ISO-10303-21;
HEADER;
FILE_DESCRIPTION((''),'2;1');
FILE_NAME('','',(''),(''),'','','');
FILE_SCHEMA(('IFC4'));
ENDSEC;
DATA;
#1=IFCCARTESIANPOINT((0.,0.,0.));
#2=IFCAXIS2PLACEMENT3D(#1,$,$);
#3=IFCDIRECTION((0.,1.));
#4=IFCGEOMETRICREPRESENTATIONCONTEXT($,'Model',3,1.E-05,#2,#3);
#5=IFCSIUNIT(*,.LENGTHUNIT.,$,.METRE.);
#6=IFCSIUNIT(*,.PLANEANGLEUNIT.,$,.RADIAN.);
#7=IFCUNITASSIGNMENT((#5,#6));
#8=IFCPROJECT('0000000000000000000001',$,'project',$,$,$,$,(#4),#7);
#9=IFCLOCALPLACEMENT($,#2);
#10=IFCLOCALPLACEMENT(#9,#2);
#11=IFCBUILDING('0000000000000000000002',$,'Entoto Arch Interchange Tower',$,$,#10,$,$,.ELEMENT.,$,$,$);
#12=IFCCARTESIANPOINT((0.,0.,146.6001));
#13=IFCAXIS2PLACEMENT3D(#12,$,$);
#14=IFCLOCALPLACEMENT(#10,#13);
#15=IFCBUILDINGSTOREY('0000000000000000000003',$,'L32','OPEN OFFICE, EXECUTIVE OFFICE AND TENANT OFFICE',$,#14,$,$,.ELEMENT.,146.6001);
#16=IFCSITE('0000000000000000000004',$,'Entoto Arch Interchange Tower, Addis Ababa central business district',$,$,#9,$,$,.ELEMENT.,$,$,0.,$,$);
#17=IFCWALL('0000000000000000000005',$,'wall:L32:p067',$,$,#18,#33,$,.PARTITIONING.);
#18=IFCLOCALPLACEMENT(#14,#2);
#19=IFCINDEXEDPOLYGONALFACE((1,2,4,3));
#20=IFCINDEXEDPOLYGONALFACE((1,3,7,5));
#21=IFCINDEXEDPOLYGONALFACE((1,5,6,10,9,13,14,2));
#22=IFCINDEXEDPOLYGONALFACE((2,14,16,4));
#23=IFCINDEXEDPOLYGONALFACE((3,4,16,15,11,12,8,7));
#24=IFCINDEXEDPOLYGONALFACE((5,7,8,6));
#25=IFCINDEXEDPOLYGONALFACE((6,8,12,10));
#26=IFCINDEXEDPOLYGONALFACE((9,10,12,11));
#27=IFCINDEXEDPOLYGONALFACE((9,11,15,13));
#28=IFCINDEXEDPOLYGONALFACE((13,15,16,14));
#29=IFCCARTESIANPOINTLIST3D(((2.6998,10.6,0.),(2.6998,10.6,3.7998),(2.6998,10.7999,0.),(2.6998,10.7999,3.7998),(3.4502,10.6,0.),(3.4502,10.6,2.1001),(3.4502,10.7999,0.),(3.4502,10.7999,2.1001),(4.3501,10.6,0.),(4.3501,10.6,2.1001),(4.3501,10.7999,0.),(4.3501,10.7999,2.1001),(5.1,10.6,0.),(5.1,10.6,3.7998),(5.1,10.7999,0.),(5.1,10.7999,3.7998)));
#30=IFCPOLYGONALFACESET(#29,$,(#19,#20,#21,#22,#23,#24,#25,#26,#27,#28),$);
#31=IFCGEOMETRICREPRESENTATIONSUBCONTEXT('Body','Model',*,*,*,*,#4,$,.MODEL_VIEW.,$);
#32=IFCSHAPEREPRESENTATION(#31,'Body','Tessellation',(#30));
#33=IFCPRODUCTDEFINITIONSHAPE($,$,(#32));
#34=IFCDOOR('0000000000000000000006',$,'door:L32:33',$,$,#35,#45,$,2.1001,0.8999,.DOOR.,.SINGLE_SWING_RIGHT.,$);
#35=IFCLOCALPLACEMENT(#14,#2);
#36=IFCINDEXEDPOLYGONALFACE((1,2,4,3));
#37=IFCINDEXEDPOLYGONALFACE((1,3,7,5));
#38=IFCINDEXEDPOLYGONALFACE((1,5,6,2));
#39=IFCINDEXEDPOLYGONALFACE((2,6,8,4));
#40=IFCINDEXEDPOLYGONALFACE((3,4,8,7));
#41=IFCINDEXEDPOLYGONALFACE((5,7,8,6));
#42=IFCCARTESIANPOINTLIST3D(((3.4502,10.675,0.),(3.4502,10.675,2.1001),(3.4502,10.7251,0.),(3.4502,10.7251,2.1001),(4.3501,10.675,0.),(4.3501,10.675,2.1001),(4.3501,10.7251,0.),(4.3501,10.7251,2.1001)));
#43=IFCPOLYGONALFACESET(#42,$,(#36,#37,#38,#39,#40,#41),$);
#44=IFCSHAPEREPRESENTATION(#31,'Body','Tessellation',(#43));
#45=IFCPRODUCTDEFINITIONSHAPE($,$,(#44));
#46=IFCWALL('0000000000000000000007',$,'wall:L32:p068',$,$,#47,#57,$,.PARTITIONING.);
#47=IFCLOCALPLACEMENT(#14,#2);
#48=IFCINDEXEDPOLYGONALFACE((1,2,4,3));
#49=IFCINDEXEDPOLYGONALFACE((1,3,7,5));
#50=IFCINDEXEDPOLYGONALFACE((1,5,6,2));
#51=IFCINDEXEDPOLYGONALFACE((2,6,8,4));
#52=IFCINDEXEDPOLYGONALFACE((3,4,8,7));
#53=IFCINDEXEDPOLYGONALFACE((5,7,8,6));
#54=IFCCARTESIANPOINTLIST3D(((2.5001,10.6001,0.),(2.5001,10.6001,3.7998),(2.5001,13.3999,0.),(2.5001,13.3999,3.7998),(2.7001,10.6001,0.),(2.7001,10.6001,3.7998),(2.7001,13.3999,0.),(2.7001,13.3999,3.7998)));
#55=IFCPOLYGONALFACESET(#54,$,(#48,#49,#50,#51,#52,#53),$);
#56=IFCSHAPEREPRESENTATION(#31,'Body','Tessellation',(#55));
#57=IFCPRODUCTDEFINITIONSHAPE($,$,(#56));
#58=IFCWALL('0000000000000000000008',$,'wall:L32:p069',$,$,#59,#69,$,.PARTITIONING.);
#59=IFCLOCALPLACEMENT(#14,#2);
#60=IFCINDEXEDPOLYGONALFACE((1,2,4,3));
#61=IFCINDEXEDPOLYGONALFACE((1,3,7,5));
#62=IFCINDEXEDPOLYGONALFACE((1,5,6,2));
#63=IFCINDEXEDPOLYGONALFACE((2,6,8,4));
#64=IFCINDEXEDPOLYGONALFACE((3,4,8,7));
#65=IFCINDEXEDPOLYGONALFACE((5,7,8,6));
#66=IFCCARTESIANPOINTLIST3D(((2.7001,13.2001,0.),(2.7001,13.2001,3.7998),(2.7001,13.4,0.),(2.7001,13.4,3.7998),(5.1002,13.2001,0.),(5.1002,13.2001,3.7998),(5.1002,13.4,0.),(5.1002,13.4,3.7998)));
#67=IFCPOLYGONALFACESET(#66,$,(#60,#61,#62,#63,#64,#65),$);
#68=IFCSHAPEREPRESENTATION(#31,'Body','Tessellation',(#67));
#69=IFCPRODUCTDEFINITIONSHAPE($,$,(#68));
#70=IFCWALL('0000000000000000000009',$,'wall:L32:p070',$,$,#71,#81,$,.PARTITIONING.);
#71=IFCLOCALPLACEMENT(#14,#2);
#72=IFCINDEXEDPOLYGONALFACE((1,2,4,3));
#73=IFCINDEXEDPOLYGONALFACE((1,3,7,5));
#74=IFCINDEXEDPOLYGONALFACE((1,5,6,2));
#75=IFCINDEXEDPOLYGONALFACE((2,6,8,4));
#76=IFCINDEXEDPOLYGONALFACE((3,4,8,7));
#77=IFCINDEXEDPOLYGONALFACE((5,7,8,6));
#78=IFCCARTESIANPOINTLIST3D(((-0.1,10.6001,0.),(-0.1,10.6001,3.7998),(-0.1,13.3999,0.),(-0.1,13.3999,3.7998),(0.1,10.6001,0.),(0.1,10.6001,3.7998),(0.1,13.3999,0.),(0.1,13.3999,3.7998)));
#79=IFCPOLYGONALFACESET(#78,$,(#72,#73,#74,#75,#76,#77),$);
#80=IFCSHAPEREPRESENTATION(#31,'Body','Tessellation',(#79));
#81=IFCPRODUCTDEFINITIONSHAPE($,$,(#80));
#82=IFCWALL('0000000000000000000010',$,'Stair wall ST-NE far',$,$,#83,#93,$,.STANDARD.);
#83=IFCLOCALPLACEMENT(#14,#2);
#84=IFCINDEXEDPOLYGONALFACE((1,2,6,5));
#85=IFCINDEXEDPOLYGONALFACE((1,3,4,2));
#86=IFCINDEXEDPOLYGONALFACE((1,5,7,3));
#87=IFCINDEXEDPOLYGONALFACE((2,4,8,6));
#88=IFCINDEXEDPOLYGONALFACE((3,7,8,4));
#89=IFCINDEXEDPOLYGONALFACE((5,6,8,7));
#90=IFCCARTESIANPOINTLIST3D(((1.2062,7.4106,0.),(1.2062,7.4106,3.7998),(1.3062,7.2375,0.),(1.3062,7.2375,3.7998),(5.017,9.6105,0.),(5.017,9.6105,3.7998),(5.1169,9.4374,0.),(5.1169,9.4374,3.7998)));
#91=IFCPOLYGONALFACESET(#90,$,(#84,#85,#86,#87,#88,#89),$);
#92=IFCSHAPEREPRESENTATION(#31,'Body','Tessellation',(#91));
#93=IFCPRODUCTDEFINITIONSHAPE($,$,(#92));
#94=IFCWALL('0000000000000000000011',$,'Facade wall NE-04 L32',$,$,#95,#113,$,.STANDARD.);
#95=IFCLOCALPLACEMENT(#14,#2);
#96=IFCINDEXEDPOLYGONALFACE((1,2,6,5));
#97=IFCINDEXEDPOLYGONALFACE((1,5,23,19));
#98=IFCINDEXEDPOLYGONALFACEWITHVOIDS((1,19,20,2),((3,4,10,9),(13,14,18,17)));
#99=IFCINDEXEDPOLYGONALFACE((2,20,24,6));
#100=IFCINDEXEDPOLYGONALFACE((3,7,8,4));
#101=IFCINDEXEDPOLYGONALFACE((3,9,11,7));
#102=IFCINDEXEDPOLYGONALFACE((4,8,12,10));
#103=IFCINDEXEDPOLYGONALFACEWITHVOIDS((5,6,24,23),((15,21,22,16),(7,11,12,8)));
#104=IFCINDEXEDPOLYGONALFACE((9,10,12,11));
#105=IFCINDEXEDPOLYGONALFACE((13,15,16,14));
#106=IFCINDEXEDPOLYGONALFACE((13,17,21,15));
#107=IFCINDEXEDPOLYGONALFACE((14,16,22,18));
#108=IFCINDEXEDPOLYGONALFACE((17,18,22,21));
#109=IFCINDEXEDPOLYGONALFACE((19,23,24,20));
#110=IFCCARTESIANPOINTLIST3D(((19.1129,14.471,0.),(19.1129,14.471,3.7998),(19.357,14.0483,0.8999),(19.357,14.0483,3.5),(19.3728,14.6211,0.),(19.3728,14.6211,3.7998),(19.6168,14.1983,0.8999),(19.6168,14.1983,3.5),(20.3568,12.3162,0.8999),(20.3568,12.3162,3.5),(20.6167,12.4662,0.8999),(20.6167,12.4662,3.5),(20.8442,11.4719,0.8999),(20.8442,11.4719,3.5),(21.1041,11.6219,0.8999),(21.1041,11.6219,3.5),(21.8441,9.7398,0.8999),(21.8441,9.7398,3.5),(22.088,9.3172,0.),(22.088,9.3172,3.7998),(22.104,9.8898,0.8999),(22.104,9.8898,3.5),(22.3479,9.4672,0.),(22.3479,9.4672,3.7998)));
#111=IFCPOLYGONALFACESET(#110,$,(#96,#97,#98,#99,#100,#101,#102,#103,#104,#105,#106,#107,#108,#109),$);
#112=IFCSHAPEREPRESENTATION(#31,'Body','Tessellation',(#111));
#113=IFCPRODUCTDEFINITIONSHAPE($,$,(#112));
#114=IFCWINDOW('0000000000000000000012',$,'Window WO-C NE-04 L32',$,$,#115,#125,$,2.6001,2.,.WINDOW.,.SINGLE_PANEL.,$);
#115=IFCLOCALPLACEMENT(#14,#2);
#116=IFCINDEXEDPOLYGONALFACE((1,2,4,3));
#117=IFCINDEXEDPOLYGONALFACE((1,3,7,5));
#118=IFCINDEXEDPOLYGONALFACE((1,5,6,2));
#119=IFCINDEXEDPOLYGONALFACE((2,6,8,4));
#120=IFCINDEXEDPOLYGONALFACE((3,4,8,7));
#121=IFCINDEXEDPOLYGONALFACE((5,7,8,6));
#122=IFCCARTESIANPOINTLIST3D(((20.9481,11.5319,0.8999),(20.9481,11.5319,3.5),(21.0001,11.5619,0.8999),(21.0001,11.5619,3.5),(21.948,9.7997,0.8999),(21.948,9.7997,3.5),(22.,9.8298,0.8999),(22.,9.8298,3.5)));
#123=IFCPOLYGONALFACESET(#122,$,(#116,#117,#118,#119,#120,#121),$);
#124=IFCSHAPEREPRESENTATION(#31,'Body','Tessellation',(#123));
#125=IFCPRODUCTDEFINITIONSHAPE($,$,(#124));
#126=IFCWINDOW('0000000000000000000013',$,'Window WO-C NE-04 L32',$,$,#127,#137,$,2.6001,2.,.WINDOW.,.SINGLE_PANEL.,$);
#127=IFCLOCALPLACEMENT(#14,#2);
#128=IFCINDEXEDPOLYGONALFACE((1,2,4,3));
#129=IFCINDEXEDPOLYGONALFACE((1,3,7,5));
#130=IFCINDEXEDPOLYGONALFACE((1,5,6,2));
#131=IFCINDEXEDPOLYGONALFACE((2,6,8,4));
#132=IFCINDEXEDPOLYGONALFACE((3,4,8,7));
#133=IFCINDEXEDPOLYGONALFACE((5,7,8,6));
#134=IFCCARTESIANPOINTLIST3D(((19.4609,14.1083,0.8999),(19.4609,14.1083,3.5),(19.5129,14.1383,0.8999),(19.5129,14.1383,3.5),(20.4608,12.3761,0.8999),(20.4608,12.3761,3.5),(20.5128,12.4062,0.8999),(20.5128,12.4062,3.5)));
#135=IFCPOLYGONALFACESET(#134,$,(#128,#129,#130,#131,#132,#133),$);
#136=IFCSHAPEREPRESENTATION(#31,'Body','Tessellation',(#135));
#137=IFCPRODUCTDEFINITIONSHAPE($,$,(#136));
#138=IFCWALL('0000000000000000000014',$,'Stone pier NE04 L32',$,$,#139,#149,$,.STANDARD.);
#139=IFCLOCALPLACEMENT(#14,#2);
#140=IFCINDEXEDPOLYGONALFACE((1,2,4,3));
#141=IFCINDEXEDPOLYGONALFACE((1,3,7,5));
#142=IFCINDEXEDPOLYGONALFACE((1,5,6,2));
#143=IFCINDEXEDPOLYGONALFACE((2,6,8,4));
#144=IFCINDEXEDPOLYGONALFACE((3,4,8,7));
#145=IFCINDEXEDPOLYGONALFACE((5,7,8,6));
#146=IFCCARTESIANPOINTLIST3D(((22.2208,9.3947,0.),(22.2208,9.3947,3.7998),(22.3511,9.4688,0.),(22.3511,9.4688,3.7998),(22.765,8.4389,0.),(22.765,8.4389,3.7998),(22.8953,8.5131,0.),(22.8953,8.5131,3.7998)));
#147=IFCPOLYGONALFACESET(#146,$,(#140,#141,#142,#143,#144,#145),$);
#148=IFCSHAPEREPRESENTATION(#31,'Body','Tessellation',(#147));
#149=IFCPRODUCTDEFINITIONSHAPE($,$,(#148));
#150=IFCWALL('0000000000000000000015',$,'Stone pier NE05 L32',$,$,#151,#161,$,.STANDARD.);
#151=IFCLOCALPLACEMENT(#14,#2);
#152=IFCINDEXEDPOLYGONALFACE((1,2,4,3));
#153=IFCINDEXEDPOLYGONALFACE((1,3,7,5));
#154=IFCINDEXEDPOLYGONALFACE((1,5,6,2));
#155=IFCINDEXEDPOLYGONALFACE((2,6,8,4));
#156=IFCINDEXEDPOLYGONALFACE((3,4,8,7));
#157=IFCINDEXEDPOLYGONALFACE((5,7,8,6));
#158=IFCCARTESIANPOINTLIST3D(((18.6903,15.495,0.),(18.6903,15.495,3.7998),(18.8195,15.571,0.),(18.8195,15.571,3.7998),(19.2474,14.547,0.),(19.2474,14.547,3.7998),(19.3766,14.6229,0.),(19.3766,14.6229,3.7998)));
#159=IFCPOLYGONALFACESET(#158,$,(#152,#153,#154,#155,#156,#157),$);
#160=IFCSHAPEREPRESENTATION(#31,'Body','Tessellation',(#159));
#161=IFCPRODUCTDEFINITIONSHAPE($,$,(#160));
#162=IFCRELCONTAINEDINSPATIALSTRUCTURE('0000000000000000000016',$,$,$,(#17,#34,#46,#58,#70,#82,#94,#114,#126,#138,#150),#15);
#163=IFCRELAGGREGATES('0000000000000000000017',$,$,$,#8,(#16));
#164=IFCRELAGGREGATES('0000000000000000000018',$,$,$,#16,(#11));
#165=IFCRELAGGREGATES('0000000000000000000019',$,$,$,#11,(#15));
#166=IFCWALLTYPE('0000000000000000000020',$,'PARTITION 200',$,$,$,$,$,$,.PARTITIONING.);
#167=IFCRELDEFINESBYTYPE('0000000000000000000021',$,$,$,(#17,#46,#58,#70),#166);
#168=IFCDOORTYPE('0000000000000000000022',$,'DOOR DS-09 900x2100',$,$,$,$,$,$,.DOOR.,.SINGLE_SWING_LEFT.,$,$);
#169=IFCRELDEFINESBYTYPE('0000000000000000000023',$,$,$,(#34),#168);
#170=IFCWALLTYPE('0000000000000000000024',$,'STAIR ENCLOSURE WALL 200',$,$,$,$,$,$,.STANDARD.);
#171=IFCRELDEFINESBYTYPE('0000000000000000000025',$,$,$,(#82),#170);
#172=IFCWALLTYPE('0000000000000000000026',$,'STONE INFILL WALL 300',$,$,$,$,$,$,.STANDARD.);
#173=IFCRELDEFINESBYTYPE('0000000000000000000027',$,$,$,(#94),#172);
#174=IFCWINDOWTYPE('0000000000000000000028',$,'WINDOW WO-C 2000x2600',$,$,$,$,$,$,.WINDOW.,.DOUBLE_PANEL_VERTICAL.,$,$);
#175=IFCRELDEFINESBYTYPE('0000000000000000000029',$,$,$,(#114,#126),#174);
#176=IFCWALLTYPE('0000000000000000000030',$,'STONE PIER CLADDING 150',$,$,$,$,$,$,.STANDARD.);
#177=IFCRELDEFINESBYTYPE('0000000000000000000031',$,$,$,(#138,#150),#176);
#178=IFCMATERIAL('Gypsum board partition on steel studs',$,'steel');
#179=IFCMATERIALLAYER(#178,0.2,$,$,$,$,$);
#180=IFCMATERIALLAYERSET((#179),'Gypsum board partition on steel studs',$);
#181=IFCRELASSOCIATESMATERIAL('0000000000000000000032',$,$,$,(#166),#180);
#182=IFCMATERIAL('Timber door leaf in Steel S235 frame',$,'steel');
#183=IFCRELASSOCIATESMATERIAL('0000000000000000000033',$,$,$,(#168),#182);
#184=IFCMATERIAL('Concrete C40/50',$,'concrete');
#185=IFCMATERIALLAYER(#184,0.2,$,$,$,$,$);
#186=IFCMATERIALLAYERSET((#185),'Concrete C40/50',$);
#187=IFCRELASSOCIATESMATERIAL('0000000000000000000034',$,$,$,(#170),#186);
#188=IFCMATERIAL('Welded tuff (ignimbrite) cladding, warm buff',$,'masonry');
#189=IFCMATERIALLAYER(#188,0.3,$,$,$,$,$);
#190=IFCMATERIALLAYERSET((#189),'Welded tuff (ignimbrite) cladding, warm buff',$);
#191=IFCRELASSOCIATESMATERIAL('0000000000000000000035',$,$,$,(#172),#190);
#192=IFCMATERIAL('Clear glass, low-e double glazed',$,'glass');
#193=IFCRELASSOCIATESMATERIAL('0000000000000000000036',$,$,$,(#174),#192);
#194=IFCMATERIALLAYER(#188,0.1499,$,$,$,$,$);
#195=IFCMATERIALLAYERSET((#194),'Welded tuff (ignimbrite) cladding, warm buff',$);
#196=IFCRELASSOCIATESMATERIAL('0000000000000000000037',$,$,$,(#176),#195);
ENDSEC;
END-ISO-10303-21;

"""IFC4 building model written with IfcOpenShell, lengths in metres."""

from ifc_helpers import new_model, si_unit, direction, frame, frame_2d, origin, place, context, subcontext, project, spatial, rectangle, extrude, material, layer, layer_set, type_object, element, fill, save


model = new_model("IFC4")

# Units and contexts
model_context = context("Model", 3, precision=1e-05, world=origin(), true_north=direction((0.0, 1.0)))
body_context = subcontext(model_context, "Body", "Model", "MODEL_VIEW")
ifc_project = project(units=[si_unit("LENGTHUNIT", "METRE"), si_unit("PLANEANGLEUNIT", "RADIAN")], contexts=[model_context])

# Site, building, storey
site_placement = place(None, origin())
site = spatial("IfcSite", under=ifc_project, at=site_placement, Name="Entoto Arch Interchange Tower, Addis Ababa central business district", CompositionType="ELEMENT", RefElevation=0.0)
building_placement = place(site_placement, origin())
building = spatial("IfcBuilding", under=site, at=building_placement, Name="Entoto Arch Interchange Tower", CompositionType="ELEMENT")
storey_placement = place(building_placement, frame((0.0, 0.0, 146.6001)))
storey = spatial("IfcBuildingStorey", under=building, at=storey_placement, Name="L32", Description="OPEN OFFICE, EXECUTIVE OFFICE AND TENANT OFFICE", CompositionType="ELEMENT", Elevation=146.6001)

# Shared definitions
ifc_material_1 = material(Name="Gypsum board partition on steel studs", Category="steel")
ifc_layer_1 = layer(ifc_material_1, 0.2)
ifc_layer_set_1 = layer_set([ifc_layer_1], Name="Gypsum board partition on steel studs")
wall_type_1 = type_object("IfcWallType", Name="PARTITION 200", PredefinedType="PARTITIONING", material=ifc_layer_set_1)

# Wall, opening, door
wall_1_placement = place(storey_placement, frame((5.1001, 10.7, 0.0), z_axis=(0.0, 0.0, 1.0), x_axis=(-1.0, 0.0, 0.0)))
wall_1 = element("IfcWall", 1, at=wall_1_placement, inside=storey, type_object=wall_type_1, Name="wall:L32:p067", PredefinedType="PARTITIONING", context=body_context, shape_type="SweptSolid", body=[
    extrude(rectangle(XDim=2.4001, YDim=0.2, at=frame_2d((1.2002, 0.0))), origin(), (0.0, 0.0, 1.0), 3.7998),
])
opening_1_placement = place(wall_1_placement, frame((0.75, 0.0, 0.0)))
opening_1 = element("IfcOpeningElement", 2, at=opening_1_placement, cuts=wall_1, PredefinedType="OPENING", context=body_context, shape_type="SweptSolid", body=[
    extrude(rectangle(XDim=0.8999, YDim=2.1001, at=frame_2d((0.45, 1.05))), frame((0.0, 0.1099, 0.0), z_axis=(0.0, -1.0, 0.0), x_axis=(1.0, 0.0, 0.0)), (0.0, 0.0, 1.0), 0.22),
])
ifc_material_2 = material(Name="Timber door leaf in Steel S235 frame", Category="steel")
door_type_1 = type_object("IfcDoorType", Name="DOOR DS-09 900x2100", OperationType="SINGLE_SWING_LEFT", PredefinedType="DOOR", material=ifc_material_2)
door_1_placement = place(opening_1_placement, origin())
door_1 = element("IfcDoor", 3, at=door_1_placement, inside=storey, type_object=door_type_1, Name="door:L32:33", OperationType="SINGLE_SWING_RIGHT", OverallHeight=2.1001, OverallWidth=0.8999, PredefinedType="DOOR", context=body_context, shape_type="SweptSolid", body=[
    extrude(rectangle(XDim=0.8999, YDim=2.1001, at=frame_2d((0.45, 1.05))), frame((0.0, 0.0249, 0.0), z_axis=(0.0, -1.0, 0.0), x_axis=(1.0, 0.0, 0.0)), (0.0, 0.0, 1.0), 0.05),
])
fill(opening_1, door_1)

# Walls
wall_2_placement = place(storey_placement, frame((2.6001, 10.6001, 0.0), z_axis=(0.0, 0.0, 1.0), x_axis=(0.0, 1.0, 0.0)))
element("IfcWall", 4, at=wall_2_placement, inside=storey, type_object=wall_type_1, Name="wall:L32:p068", PredefinedType="PARTITIONING", context=body_context, shape_type="SweptSolid", body=[
    extrude(rectangle(XDim=2.7998, YDim=0.2, at=frame_2d((1.3999, 0.0))), origin(), (0.0, 0.0, 1.0), 3.7998),
])
wall_3_placement = place(storey_placement, frame((2.7, 13.3, 0.0), z_axis=(0.0, 0.0, 1.0), x_axis=(1.0, 0.0, 0.0)))
element("IfcWall", 5, at=wall_3_placement, inside=storey, type_object=wall_type_1, Name="wall:L32:p069", PredefinedType="PARTITIONING", context=body_context, shape_type="SweptSolid", body=[
    extrude(rectangle(XDim=2.4001, YDim=0.2, at=frame_2d((1.2002, 0.0))), origin(), (0.0, 0.0, 1.0), 3.7998),
])
wall_4_placement = place(storey_placement, frame((0.0, 13.3999, 0.0), z_axis=(0.0, 0.0, 1.0), x_axis=(0.0, -1.0, 0.0)))
element("IfcWall", 6, at=wall_4_placement, inside=storey, type_object=wall_type_1, Name="wall:L32:p070", PredefinedType="PARTITIONING", context=body_context, shape_type="SweptSolid", body=[
    extrude(rectangle(XDim=2.7998, YDim=0.2, at=frame_2d((1.3999, 0.0))), origin(), (0.0, 0.0, 1.0), 3.7998),
])
ifc_material_3 = material(Name="Concrete C40/50", Category="concrete")
ifc_layer_2 = layer(ifc_material_3, 0.2)
ifc_layer_set_2 = layer_set([ifc_layer_2], Name="Concrete C40/50")
wall_type_2 = type_object("IfcWallType", Name="STAIR ENCLOSURE WALL 200", PredefinedType="STANDARD", material=ifc_layer_set_2)
wall_5_placement = place(storey_placement, frame((1.2561, 7.324, 0.0), z_axis=(0.0, 0.0, 1.0), x_axis=(0.866046, 0.499964, 0.0)))
element("IfcWall", 7, at=wall_5_placement, inside=storey, type_object=wall_type_2, Name="Stair wall ST-NE far", PredefinedType="STANDARD", context=body_context, shape_type="SweptSolid", body=[
    extrude(rectangle(XDim=4.4001, YDim=0.2, at=frame_2d((2.2002, 0.0))), origin(), (0.0, 0.0, 1.0), 3.7998),
])

# Wall, openings, windows
ifc_material_4 = material(Name="Welded tuff (ignimbrite) cladding, warm buff", Category="masonry")
ifc_layer_3 = layer(ifc_material_4, 0.3)
ifc_layer_set_3 = layer_set([ifc_layer_3], Name="Welded tuff (ignimbrite) cladding, warm buff")
wall_type_3 = type_object("IfcWallType", Name="STONE INFILL WALL 300", PredefinedType="STANDARD", material=ifc_layer_set_3)
wall_6_placement = place(storey_placement, frame((22.218, 9.3921, 0.0), z_axis=(0.0, 0.0, 1.0), x_axis=(-0.499943, 0.866059, 0.0)))
wall_6 = element("IfcWall", 8, at=wall_6_placement, inside=storey, type_object=wall_type_3, Name="Facade wall NE-04 L32", PredefinedType="STANDARD", context=body_context, shape_type="SweptSolid", body=[
    extrude(rectangle(XDim=5.9509, YDim=0.3, at=frame_2d((2.9756, 0.0))), origin(), (0.0, 0.0, 1.0), 3.7998),
])
opening_2_placement = place(wall_6_placement, frame((0.488, 0.0, 0.8999)))
opening_2 = element("IfcOpeningElement", 9, at=opening_2_placement, cuts=wall_6, PredefinedType="OPENING", context=body_context, shape_type="SweptSolid", body=[
    extrude(rectangle(XDim=2.0, YDim=2.6001, at=frame_2d((1.0, 1.3))), frame((0.0, 0.1602, 0.0), z_axis=(0.0, -1.0, 0.0), x_axis=(1.0, 0.0, 0.0)), (0.0, 0.0, 1.0), 0.3201),
])
opening_3_placement = place(wall_6_placement, frame((3.4629, 0.0, 0.8999)))
opening_3 = element("IfcOpeningElement", 10, at=opening_3_placement, cuts=wall_6, PredefinedType="OPENING", context=body_context, shape_type="SweptSolid", body=[
    extrude(rectangle(XDim=2.0, YDim=2.6001, at=frame_2d((1.0, 1.3))), frame((0.0, 0.1602, 0.0), z_axis=(0.0, -1.0, 0.0), x_axis=(1.0, 0.0, 0.0)), (0.0, 0.0, 1.0), 0.3201),
])
ifc_material_5 = material(Name="Clear glass, low-e double glazed", Category="glass")
window_type = type_object("IfcWindowType", Name="WINDOW WO-C 2000x2600", PartitioningType="DOUBLE_PANEL_VERTICAL", PredefinedType="WINDOW", material=ifc_material_5)
window_1_placement = place(opening_2_placement, origin())
window_1 = element("IfcWindow", 11, at=window_1_placement, inside=storey, type_object=window_type, Name="Window WO-C NE-04 L32", OverallHeight=2.6001, OverallWidth=2.0, PartitioningType="SINGLE_PANEL", PredefinedType="WINDOW", context=body_context, shape_type="SweptSolid", body=[
    extrude(rectangle(XDim=2.0, YDim=2.6001, at=frame_2d((1.0, 1.3))), frame((0.0, 0.03, 0.0), z_axis=(0.0, -1.0, 0.0), x_axis=(1.0, 0.0, 0.0)), (0.0, 0.0, 1.0), 0.0601),
])
fill(opening_2, window_1)
window_2_placement = place(opening_3_placement, origin())
window_2 = element("IfcWindow", 12, at=window_2_placement, inside=storey, type_object=window_type, Name="Window WO-C NE-04 L32", OverallHeight=2.6001, OverallWidth=2.0, PartitioningType="SINGLE_PANEL", PredefinedType="WINDOW", context=body_context, shape_type="SweptSolid", body=[
    extrude(rectangle(XDim=2.0, YDim=2.6001, at=frame_2d((1.0, 1.3))), frame((0.0, 0.03, 0.0), z_axis=(0.0, -1.0, 0.0), x_axis=(1.0, 0.0, 0.0)), (0.0, 0.0, 1.0), 0.0601),
])
fill(opening_3, window_2)

# Walls
ifc_layer_4 = layer(ifc_material_4, 0.1499)
ifc_layer_set_4 = layer_set([ifc_layer_4], Name="Welded tuff (ignimbrite) cladding, warm buff")
wall_type_4 = type_object("IfcWallType", Name="STONE PIER CLADDING 150", PredefinedType="STANDARD", material=ifc_layer_set_4)
wall_7_placement = place(storey_placement, frame((22.8301, 8.4761, 0.0), z_axis=(0.0, 0.0, 1.0), x_axis=(-0.494776, 0.869021, 0.0)))
element("IfcWall", 13, at=wall_7_placement, inside=storey, type_object=wall_type_4, Name="Stone pier NE04 L32", PredefinedType="STANDARD", context=body_context, shape_type="SweptSolid", body=[
    extrude(rectangle(XDim=1.0999, YDim=0.1499, at=frame_2d((0.5498, 0.0))), origin(), (0.0, 0.0, 1.0), 3.7998),
])
wall_8_placement = place(storey_placement, frame((19.312, 14.585, 0.0), z_axis=(0.0, 0.0, 1.0), x_axis=(-0.506671, 0.86214, 0.0)))
element("IfcWall", 14, at=wall_8_placement, inside=storey, type_object=wall_type_4, Name="Stone pier NE05 L32", PredefinedType="STANDARD", context=body_context, shape_type="SweptSolid", body=[
    extrude(rectangle(XDim=1.0996, YDim=0.1499, at=frame_2d((0.5498, 0.0))), origin(), (0.0, 0.0, 1.0), 3.7998),
])

save(model, "model.ifc")
